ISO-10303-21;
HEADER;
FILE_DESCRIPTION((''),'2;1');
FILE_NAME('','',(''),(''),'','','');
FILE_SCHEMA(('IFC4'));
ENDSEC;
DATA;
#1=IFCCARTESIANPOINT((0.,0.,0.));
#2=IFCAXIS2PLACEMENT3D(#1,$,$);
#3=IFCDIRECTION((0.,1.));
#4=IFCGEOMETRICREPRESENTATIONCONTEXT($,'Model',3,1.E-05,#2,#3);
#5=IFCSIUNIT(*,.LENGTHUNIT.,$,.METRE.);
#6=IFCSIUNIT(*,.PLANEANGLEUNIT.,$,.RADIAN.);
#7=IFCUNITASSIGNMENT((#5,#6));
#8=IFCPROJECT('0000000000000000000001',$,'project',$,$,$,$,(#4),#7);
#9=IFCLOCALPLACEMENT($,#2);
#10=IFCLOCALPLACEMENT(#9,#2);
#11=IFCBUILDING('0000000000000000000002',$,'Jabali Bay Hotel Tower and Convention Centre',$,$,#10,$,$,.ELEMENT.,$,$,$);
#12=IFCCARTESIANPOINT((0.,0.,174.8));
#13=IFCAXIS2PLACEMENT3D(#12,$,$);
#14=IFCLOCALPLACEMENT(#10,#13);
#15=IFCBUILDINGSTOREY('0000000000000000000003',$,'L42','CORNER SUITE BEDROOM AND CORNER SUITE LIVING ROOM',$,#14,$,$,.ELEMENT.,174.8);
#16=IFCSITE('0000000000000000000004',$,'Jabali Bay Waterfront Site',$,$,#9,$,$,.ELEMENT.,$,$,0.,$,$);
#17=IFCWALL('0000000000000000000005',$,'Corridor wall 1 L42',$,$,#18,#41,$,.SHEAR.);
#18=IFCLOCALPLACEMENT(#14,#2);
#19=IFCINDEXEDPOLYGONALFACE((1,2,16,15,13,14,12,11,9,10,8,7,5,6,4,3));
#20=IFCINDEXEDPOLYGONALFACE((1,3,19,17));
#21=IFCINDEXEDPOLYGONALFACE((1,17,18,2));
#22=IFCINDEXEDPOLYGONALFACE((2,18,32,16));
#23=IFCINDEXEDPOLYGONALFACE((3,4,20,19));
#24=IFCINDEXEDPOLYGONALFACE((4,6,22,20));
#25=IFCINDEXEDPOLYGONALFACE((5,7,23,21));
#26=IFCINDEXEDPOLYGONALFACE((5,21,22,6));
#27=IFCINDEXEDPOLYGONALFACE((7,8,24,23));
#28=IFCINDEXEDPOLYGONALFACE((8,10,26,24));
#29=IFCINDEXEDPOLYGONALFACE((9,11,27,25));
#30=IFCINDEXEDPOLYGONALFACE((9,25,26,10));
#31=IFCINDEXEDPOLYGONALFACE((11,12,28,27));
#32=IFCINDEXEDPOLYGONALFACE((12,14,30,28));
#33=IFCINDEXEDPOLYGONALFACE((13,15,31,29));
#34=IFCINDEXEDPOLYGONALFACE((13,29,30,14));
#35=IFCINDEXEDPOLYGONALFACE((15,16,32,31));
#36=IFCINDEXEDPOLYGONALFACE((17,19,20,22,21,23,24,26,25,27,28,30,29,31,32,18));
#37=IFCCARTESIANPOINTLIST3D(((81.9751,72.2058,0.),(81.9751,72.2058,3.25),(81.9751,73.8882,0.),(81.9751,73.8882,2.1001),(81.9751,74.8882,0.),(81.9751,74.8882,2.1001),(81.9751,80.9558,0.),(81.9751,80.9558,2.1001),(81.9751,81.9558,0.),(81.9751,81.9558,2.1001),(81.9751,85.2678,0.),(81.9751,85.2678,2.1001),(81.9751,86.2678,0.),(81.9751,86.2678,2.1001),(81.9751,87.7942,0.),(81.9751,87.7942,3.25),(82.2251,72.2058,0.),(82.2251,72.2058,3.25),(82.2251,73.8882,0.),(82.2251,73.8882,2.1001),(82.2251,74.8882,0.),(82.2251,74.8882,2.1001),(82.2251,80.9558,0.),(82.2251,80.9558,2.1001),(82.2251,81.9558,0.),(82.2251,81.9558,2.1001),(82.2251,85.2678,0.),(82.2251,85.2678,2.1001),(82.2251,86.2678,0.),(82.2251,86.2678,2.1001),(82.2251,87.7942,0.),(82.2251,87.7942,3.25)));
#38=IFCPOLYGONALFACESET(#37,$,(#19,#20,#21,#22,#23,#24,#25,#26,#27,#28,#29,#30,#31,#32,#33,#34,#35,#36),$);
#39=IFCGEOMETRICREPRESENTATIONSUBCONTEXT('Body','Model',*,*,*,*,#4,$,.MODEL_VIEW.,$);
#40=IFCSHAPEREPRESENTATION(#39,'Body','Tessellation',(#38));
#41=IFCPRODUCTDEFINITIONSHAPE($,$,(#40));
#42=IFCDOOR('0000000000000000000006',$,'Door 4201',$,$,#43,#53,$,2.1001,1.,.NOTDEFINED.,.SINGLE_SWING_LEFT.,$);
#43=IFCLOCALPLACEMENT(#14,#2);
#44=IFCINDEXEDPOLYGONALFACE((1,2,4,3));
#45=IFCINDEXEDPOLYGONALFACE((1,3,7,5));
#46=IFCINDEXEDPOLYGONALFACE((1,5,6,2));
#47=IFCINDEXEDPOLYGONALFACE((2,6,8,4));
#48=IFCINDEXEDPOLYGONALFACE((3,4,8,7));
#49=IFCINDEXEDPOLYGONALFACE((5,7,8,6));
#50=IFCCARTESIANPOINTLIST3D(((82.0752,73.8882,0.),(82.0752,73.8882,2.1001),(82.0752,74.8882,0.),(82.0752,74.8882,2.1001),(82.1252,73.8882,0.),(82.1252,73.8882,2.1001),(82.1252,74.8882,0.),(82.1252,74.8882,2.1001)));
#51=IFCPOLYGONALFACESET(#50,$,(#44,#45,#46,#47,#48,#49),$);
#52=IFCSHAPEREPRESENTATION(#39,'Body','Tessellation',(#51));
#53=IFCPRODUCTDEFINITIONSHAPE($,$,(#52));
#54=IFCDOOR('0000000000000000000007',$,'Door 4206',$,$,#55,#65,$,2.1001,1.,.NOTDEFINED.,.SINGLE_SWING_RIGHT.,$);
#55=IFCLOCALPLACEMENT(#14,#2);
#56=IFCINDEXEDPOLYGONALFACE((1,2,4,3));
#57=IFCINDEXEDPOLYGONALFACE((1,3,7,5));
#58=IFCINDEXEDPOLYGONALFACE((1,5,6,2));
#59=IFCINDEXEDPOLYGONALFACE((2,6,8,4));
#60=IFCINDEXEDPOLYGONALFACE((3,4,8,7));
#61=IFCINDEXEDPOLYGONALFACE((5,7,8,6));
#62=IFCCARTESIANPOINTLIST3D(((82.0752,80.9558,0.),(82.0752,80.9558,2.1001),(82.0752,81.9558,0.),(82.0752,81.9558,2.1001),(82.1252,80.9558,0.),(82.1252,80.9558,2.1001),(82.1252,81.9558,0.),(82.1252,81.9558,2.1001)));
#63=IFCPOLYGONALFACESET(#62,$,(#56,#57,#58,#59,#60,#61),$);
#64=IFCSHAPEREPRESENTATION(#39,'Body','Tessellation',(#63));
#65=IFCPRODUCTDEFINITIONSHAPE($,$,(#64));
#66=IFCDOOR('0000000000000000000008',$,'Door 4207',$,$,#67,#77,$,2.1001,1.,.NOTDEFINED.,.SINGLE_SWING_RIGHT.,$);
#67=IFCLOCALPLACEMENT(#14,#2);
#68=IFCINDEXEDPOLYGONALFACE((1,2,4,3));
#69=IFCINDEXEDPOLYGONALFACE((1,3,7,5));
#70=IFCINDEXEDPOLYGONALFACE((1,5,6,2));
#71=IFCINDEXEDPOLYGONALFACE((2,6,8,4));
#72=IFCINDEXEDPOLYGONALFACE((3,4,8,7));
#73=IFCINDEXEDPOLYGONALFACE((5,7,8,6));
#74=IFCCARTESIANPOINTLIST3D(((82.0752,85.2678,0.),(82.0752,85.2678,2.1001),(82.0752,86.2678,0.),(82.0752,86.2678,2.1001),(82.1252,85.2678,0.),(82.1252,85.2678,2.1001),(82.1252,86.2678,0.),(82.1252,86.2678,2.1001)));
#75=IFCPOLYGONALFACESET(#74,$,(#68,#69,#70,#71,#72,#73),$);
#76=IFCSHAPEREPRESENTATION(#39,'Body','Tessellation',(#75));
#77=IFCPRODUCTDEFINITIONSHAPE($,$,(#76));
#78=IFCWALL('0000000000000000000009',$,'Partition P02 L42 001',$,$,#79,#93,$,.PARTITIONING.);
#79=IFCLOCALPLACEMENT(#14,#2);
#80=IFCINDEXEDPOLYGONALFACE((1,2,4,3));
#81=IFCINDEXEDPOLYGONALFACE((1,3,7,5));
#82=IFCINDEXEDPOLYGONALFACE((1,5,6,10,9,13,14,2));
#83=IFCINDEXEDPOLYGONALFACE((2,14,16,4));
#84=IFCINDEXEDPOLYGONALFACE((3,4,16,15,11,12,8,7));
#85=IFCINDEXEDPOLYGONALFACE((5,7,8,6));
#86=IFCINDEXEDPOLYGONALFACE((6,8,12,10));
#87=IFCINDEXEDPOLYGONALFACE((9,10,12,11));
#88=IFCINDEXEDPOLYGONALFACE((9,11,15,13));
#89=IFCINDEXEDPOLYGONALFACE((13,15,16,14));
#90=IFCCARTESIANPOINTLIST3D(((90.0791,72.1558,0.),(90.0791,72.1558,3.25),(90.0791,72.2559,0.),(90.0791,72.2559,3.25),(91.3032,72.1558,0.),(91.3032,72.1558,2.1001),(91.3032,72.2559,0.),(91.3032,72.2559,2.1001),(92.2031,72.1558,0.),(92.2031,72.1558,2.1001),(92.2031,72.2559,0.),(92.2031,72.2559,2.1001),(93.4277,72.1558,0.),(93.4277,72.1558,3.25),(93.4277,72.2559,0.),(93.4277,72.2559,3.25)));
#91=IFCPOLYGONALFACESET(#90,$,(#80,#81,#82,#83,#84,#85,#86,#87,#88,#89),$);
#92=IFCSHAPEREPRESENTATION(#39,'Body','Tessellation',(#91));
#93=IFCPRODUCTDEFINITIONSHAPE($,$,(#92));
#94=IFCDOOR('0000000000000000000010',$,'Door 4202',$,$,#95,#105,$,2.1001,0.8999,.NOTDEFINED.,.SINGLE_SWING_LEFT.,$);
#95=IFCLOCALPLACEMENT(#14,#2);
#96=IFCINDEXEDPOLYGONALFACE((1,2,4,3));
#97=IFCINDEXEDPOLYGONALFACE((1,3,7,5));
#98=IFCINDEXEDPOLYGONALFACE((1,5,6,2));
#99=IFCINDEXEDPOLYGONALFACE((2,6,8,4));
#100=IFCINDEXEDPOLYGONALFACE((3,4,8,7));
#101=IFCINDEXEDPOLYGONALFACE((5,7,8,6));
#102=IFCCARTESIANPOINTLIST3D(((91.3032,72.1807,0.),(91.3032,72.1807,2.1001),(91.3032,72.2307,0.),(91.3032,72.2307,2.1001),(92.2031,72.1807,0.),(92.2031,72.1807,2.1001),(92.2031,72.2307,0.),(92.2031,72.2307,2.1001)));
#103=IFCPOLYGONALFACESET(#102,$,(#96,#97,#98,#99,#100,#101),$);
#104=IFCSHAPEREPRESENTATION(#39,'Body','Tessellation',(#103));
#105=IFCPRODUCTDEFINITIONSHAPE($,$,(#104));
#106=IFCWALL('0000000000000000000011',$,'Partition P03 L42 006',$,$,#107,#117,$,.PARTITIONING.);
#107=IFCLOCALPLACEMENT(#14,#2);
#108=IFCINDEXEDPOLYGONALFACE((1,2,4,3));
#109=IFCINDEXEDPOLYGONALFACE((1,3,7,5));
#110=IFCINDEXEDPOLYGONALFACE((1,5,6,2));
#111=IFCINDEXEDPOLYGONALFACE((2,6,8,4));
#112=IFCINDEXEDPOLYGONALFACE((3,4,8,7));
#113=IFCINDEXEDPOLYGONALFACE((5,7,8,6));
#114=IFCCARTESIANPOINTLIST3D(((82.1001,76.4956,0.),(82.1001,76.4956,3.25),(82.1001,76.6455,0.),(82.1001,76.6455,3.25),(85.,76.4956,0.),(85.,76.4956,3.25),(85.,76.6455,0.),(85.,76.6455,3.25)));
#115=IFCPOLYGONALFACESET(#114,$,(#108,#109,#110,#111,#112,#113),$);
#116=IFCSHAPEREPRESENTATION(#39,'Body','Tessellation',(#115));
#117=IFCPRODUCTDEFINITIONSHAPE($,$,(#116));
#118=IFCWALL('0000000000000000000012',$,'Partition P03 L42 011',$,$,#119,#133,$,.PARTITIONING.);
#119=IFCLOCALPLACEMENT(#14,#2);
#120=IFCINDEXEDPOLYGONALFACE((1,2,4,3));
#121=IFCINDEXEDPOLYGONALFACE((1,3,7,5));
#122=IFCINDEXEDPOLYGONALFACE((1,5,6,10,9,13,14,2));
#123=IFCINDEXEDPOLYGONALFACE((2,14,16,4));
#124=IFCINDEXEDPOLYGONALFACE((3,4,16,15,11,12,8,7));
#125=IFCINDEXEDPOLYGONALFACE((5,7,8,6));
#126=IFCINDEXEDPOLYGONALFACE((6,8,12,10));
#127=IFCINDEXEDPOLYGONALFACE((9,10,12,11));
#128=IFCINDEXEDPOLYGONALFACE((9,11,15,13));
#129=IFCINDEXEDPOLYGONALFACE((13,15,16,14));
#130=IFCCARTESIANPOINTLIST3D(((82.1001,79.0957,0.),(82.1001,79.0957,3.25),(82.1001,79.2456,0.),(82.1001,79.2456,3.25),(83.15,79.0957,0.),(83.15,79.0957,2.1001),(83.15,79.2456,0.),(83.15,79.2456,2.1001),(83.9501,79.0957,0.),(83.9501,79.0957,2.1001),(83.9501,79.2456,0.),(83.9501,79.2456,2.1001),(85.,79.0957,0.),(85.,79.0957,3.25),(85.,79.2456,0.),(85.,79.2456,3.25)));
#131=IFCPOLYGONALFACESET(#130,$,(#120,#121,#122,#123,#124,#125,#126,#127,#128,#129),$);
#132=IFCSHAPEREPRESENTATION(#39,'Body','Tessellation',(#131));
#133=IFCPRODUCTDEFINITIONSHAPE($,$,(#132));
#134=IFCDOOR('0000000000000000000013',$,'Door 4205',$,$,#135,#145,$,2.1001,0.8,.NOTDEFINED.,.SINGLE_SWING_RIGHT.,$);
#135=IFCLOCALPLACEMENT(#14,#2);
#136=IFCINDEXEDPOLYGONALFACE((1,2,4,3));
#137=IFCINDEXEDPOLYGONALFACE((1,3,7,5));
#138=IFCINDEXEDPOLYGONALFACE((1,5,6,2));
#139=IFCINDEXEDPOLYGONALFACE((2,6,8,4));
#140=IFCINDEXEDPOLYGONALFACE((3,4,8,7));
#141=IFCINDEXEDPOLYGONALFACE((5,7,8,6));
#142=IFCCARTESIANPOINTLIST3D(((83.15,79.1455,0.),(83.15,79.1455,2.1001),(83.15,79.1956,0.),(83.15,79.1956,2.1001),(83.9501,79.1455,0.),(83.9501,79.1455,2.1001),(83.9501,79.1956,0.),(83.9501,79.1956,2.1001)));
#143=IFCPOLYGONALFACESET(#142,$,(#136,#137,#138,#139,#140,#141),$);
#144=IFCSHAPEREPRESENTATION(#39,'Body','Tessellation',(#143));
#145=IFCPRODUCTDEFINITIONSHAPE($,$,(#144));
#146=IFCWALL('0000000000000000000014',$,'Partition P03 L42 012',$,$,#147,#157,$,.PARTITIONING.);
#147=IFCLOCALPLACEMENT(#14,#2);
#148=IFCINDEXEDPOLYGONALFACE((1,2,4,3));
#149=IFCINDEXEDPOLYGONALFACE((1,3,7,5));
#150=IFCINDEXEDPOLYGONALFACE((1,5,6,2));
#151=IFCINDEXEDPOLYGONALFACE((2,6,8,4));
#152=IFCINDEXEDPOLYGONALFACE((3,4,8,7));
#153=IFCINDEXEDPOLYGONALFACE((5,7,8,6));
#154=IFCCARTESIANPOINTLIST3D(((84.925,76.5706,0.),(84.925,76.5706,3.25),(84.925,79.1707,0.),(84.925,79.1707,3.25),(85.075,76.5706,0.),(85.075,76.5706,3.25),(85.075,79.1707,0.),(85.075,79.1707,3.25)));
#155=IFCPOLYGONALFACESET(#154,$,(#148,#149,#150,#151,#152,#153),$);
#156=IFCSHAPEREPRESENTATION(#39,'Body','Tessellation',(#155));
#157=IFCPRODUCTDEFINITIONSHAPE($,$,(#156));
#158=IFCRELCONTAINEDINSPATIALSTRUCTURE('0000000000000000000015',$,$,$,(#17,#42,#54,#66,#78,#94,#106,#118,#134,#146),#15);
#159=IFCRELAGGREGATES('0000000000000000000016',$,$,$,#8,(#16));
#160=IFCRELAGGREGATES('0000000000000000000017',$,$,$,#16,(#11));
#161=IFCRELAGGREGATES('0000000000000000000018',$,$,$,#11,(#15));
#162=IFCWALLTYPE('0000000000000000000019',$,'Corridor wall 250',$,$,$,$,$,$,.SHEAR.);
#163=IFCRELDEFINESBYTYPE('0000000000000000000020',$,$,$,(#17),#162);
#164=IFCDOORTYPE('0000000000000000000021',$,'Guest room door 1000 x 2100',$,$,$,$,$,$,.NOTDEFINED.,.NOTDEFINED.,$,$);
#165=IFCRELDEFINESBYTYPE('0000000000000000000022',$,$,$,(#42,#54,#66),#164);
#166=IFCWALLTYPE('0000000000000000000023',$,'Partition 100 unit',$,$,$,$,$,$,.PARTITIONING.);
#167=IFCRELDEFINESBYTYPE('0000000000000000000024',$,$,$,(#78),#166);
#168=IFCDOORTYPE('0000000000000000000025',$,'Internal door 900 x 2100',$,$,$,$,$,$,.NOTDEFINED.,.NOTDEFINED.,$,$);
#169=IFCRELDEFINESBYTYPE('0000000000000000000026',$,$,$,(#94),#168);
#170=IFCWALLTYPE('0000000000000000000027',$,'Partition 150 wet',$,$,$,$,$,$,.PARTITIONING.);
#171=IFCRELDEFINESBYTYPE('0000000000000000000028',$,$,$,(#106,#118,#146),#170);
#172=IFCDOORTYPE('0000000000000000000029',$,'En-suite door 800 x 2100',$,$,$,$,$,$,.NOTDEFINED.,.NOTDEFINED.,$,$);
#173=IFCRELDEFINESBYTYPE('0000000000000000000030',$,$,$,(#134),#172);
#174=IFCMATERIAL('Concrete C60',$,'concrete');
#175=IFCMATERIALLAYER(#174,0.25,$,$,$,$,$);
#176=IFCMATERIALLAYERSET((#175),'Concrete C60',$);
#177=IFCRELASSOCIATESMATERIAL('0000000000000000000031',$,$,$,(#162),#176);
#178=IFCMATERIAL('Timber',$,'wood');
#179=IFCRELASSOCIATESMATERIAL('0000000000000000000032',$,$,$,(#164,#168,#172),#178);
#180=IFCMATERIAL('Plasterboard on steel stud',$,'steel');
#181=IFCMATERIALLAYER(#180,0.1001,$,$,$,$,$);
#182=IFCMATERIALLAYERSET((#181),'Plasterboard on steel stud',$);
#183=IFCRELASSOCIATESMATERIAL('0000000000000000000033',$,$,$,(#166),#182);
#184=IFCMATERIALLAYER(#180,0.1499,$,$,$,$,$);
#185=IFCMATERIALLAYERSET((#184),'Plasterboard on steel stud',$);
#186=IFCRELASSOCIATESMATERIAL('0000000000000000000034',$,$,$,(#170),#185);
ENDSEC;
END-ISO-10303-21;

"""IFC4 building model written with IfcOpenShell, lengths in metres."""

from ifc_helpers import new_model, si_unit, direction, frame, frame_2d, origin, place, context, subcontext, project, spatial, rectangle, extrude, material, layer, layer_set, type_object, element, fill, save


model = new_model("IFC4")

# Units and contexts
model_context = context("Model", 3, precision=1e-05, world=origin(), true_north=direction((0.0, 1.0)))
body_context = subcontext(model_context, "Body", "Model", "MODEL_VIEW")
ifc_project = project(units=[si_unit("LENGTHUNIT", "METRE"), si_unit("PLANEANGLEUNIT", "RADIAN")], contexts=[model_context])

# Site, building, storey
site_placement = place(None, origin())
site = spatial("IfcSite", under=ifc_project, at=site_placement, Name="Jabali Bay Waterfront Site", CompositionType="ELEMENT", RefElevation=0.0)
building_placement = place(site_placement, origin())
building = spatial("IfcBuilding", under=site, at=building_placement, Name="Jabali Bay Hotel Tower and Convention Centre", CompositionType="ELEMENT")
storey_placement = place(building_placement, frame((0.0, 0.0, 174.8)))
storey = spatial("IfcBuildingStorey", under=building, at=storey_placement, Name="L42", Description="CORNER SUITE BEDROOM AND CORNER SUITE LIVING ROOM", CompositionType="ELEMENT", Elevation=174.8)

# Shared definitions
ifc_material_1 = material(Name="Concrete C60", Category="concrete")

# Wall, openings, doors
ifc_layer_1 = layer(ifc_material_1, 0.25)
ifc_layer_set_1 = layer_set([ifc_layer_1], Name="Concrete C60")
wall_type_1 = type_object("IfcWallType", Name="Corridor wall 250", PredefinedType="SHEAR", material=ifc_layer_set_1)
wall_1_placement = place(storey_placement, frame((82.1001, 72.2058, 0.0), z_axis=(0.0, 0.0, 1.0), x_axis=(0.0, 1.0, 0.0)))
wall_1 = element("IfcWall", 1, at=wall_1_placement, inside=storey, type_object=wall_type_1, Name="Corridor wall 1 L42", PredefinedType="SHEAR", context=body_context, shape_type="SweptSolid", body=[
    extrude(rectangle(XDim=15.5884, YDim=0.25, at=frame_2d((7.7942, 0.0))), origin(), (0.0, 0.0, 1.0), 3.25),
])
opening_1_placement = place(wall_1_placement, frame((1.6824, 0.0, 0.0)))
opening_1 = element("IfcOpeningElement", 2, at=opening_1_placement, cuts=wall_1, PredefinedType="OPENING", context=body_context, shape_type="SweptSolid", body=[
    extrude(rectangle(XDim=1.0, YDim=2.1001, at=frame_2d((0.5, 1.05))), frame((0.0, 0.1355, 0.0), z_axis=(0.0, -1.0, 0.0), x_axis=(1.0, 0.0, 0.0)), (0.0, 0.0, 1.0), 0.271),
])
opening_2_placement = place(wall_1_placement, frame((8.75, 0.0, 0.0)))
opening_2 = element("IfcOpeningElement", 3, at=opening_2_placement, cuts=wall_1, PredefinedType="OPENING", context=body_context, shape_type="SweptSolid", body=[
    extrude(rectangle(XDim=1.0, YDim=2.1001, at=frame_2d((0.5, 1.05))), frame((0.0, 0.1355, 0.0), z_axis=(0.0, -1.0, 0.0), x_axis=(1.0, 0.0, 0.0)), (0.0, 0.0, 1.0), 0.271),
])
opening_3_placement = place(wall_1_placement, frame((13.062, 0.0, 0.0)))
opening_3 = element("IfcOpeningElement", 4, at=opening_3_placement, cuts=wall_1, PredefinedType="OPENING", context=body_context, shape_type="SweptSolid", body=[
    extrude(rectangle(XDim=1.0, YDim=2.1001, at=frame_2d((0.5, 1.05))), frame((0.0, 0.1355, 0.0), z_axis=(0.0, -1.0, 0.0), x_axis=(1.0, 0.0, 0.0)), (0.0, 0.0, 1.0), 0.271),
])
ifc_material_2 = material(Name="Timber", Category="wood")
door_type_1 = type_object("IfcDoorType", Name="Guest room door 1000 x 2100", OperationType="NOTDEFINED", PredefinedType="NOTDEFINED", material=ifc_material_2)
door_1_placement = place(opening_1_placement, origin())
door_1 = element("IfcDoor", 5, at=door_1_placement, inside=storey, type_object=door_type_1, Name="Door 4201", OperationType="SINGLE_SWING_LEFT", OverallHeight=2.1001, OverallWidth=1.0, PredefinedType="NOTDEFINED", context=body_context, shape_type="SweptSolid", body=[
    extrude(rectangle(XDim=1.0, YDim=2.1001, at=frame_2d((0.5, 1.05))), frame((0.0, 0.0249, 0.0), z_axis=(0.0, -1.0, 0.0), x_axis=(1.0, 0.0, 0.0)), (0.0, 0.0, 1.0), 0.05),
])
fill(opening_1, door_1)
door_2_placement = place(opening_2_placement, origin())
door_2 = element("IfcDoor", 6, at=door_2_placement, inside=storey, type_object=door_type_1, Name="Door 4206", OperationType="SINGLE_SWING_RIGHT", OverallHeight=2.1001, OverallWidth=1.0, PredefinedType="NOTDEFINED", context=body_context, shape_type="SweptSolid", body=[
    extrude(rectangle(XDim=1.0, YDim=2.1001, at=frame_2d((0.5, 1.05))), frame((0.0, 0.0249, 0.0), z_axis=(0.0, -1.0, 0.0), x_axis=(1.0, 0.0, 0.0)), (0.0, 0.0, 1.0), 0.05),
])
fill(opening_2, door_2)
door_3_placement = place(opening_3_placement, origin())
door_3 = element("IfcDoor", 7, at=door_3_placement, inside=storey, type_object=door_type_1, Name="Door 4207", OperationType="SINGLE_SWING_RIGHT", OverallHeight=2.1001, OverallWidth=1.0, PredefinedType="NOTDEFINED", context=body_context, shape_type="SweptSolid", body=[
    extrude(rectangle(XDim=1.0, YDim=2.1001, at=frame_2d((0.5, 1.05))), frame((0.0, 0.0249, 0.0), z_axis=(0.0, -1.0, 0.0), x_axis=(1.0, 0.0, 0.0)), (0.0, 0.0, 1.0), 0.05),
])
fill(opening_3, door_3)

# Wall, opening, door
ifc_material_3 = material(Name="Plasterboard on steel stud", Category="steel")
ifc_layer_2 = layer(ifc_material_3, 0.1001)
ifc_layer_set_2 = layer_set([ifc_layer_2], Name="Plasterboard on steel stud")
wall_type_2 = type_object("IfcWallType", Name="Partition 100 unit", PredefinedType="PARTITIONING", material=ifc_layer_set_2)
wall_2_placement = place(storey_placement, frame((90.0791, 72.2058, 0.0), z_axis=(0.0, 0.0, 1.0), x_axis=(1.0, 0.0, 0.0)))
wall_2 = element("IfcWall", 8, at=wall_2_placement, inside=storey, type_object=wall_type_2, Name="Partition P02 L42 001", PredefinedType="PARTITIONING", context=body_context, shape_type="SweptSolid", body=[
    extrude(rectangle(XDim=3.3486, YDim=0.1001, at=frame_2d((1.6743, 0.0))), origin(), (0.0, 0.0, 1.0), 3.25),
])
opening_4_placement = place(wall_2_placement, frame((1.2241, 0.0, 0.0)))
opening_4 = element("IfcOpeningElement", 9, at=opening_4_placement, cuts=wall_2, PredefinedType="OPENING", context=body_context, shape_type="SweptSolid", body=[
    extrude(rectangle(XDim=0.8999, YDim=2.1001, at=frame_2d((0.45, 1.05))), frame((0.0, 0.0605, 0.0), z_axis=(0.0, -1.0, 0.0), x_axis=(1.0, 0.0, 0.0)), (0.0, 0.0, 1.0), 0.1211),
])
door_type_2 = type_object("IfcDoorType", Name="Internal door 900 x 2100", OperationType="NOTDEFINED", PredefinedType="NOTDEFINED", material=ifc_material_2)
door_4_placement = place(opening_4_placement, origin())
door_4 = element("IfcDoor", 10, at=door_4_placement, inside=storey, type_object=door_type_2, Name="Door 4202", OperationType="SINGLE_SWING_LEFT", OverallHeight=2.1001, OverallWidth=0.8999, PredefinedType="NOTDEFINED", context=body_context, shape_type="SweptSolid", body=[
    extrude(rectangle(XDim=0.8999, YDim=2.1001, at=frame_2d((0.45, 1.05))), frame((0.0, 0.0249, 0.0), z_axis=(0.0, -1.0, 0.0), x_axis=(1.0, 0.0, 0.0)), (0.0, 0.0, 1.0), 0.05),
])
fill(opening_4, door_4)

# Wall
ifc_layer_3 = layer(ifc_material_3, 0.1499)
ifc_layer_set_3 = layer_set([ifc_layer_3], Name="Plasterboard on steel stud")
wall_type_3 = type_object("IfcWallType", Name="Partition 150 wet", PredefinedType="PARTITIONING", material=ifc_layer_set_3)
wall_3_placement = place(storey_placement, frame((85.0, 76.5706, 0.0), z_axis=(0.0, 0.0, 1.0), x_axis=(-1.0, 0.0, 0.0)))
element("IfcWall", 11, at=wall_3_placement, inside=storey, type_object=wall_type_3, Name="Partition P03 L42 006", PredefinedType="PARTITIONING", context=body_context, shape_type="SweptSolid", body=[
    extrude(rectangle(XDim=2.8999, YDim=0.1499, at=frame_2d((1.45, 0.0))), origin(), (0.0, 0.0, 1.0), 3.25),
])

# Wall, opening, door
wall_4_placement = place(storey_placement, frame((82.1001, 79.1707, 0.0), z_axis=(0.0, 0.0, 1.0), x_axis=(1.0, 0.0, 0.0)))
wall_4 = element("IfcWall", 12, at=wall_4_placement, inside=storey, type_object=wall_type_3, Name="Partition P03 L42 011", PredefinedType="PARTITIONING", context=body_context, shape_type="SweptSolid", body=[
    extrude(rectangle(XDim=2.8999, YDim=0.1499, at=frame_2d((1.45, 0.0))), origin(), (0.0, 0.0, 1.0), 3.25),
])
opening_5_placement = place(wall_4_placement, frame((1.05, 0.0, 0.0)))
opening_5 = element("IfcOpeningElement", 13, at=opening_5_placement, cuts=wall_4, PredefinedType="OPENING", context=body_context, shape_type="SweptSolid", body=[
    extrude(rectangle(XDim=0.8, YDim=2.1001, at=frame_2d((0.3999, 1.05))), frame((0.0, 0.0854, 0.0), z_axis=(0.0, -1.0, 0.0), x_axis=(1.0, 0.0, 0.0)), (0.0, 0.0, 1.0), 0.1709),
])
door_type_3 = type_object("IfcDoorType", Name="En-suite door 800 x 2100", OperationType="NOTDEFINED", PredefinedType="NOTDEFINED", material=ifc_material_2)
door_5_placement = place(opening_5_placement, origin())
door_5 = element("IfcDoor", 14, at=door_5_placement, inside=storey, type_object=door_type_3, Name="Door 4205", OperationType="SINGLE_SWING_RIGHT", OverallHeight=2.1001, OverallWidth=0.8, PredefinedType="NOTDEFINED", context=body_context, shape_type="SweptSolid", body=[
    extrude(rectangle(XDim=0.8, YDim=2.1001, at=frame_2d((0.3999, 1.05))), frame((0.0, 0.0249, 0.0), z_axis=(0.0, -1.0, 0.0), x_axis=(1.0, 0.0, 0.0)), (0.0, 0.0, 1.0), 0.05),
])
fill(opening_5, door_5)

# Wall
wall_5_placement = place(storey_placement, frame((85.0, 79.1707, 0.0), z_axis=(0.0, 0.0, 1.0), x_axis=(0.0, -1.0, 0.0)))
element("IfcWall", 15, at=wall_5_placement, inside=storey, type_object=wall_type_3, Name="Partition P03 L42 012", PredefinedType="PARTITIONING", context=body_context, shape_type="SweptSolid", body=[
    extrude(rectangle(XDim=2.6001, YDim=0.1499, at=frame_2d((1.3, 0.0))), origin(), (0.0, 0.0, 1.0), 3.25),
])

save(model, "model.ifc")
